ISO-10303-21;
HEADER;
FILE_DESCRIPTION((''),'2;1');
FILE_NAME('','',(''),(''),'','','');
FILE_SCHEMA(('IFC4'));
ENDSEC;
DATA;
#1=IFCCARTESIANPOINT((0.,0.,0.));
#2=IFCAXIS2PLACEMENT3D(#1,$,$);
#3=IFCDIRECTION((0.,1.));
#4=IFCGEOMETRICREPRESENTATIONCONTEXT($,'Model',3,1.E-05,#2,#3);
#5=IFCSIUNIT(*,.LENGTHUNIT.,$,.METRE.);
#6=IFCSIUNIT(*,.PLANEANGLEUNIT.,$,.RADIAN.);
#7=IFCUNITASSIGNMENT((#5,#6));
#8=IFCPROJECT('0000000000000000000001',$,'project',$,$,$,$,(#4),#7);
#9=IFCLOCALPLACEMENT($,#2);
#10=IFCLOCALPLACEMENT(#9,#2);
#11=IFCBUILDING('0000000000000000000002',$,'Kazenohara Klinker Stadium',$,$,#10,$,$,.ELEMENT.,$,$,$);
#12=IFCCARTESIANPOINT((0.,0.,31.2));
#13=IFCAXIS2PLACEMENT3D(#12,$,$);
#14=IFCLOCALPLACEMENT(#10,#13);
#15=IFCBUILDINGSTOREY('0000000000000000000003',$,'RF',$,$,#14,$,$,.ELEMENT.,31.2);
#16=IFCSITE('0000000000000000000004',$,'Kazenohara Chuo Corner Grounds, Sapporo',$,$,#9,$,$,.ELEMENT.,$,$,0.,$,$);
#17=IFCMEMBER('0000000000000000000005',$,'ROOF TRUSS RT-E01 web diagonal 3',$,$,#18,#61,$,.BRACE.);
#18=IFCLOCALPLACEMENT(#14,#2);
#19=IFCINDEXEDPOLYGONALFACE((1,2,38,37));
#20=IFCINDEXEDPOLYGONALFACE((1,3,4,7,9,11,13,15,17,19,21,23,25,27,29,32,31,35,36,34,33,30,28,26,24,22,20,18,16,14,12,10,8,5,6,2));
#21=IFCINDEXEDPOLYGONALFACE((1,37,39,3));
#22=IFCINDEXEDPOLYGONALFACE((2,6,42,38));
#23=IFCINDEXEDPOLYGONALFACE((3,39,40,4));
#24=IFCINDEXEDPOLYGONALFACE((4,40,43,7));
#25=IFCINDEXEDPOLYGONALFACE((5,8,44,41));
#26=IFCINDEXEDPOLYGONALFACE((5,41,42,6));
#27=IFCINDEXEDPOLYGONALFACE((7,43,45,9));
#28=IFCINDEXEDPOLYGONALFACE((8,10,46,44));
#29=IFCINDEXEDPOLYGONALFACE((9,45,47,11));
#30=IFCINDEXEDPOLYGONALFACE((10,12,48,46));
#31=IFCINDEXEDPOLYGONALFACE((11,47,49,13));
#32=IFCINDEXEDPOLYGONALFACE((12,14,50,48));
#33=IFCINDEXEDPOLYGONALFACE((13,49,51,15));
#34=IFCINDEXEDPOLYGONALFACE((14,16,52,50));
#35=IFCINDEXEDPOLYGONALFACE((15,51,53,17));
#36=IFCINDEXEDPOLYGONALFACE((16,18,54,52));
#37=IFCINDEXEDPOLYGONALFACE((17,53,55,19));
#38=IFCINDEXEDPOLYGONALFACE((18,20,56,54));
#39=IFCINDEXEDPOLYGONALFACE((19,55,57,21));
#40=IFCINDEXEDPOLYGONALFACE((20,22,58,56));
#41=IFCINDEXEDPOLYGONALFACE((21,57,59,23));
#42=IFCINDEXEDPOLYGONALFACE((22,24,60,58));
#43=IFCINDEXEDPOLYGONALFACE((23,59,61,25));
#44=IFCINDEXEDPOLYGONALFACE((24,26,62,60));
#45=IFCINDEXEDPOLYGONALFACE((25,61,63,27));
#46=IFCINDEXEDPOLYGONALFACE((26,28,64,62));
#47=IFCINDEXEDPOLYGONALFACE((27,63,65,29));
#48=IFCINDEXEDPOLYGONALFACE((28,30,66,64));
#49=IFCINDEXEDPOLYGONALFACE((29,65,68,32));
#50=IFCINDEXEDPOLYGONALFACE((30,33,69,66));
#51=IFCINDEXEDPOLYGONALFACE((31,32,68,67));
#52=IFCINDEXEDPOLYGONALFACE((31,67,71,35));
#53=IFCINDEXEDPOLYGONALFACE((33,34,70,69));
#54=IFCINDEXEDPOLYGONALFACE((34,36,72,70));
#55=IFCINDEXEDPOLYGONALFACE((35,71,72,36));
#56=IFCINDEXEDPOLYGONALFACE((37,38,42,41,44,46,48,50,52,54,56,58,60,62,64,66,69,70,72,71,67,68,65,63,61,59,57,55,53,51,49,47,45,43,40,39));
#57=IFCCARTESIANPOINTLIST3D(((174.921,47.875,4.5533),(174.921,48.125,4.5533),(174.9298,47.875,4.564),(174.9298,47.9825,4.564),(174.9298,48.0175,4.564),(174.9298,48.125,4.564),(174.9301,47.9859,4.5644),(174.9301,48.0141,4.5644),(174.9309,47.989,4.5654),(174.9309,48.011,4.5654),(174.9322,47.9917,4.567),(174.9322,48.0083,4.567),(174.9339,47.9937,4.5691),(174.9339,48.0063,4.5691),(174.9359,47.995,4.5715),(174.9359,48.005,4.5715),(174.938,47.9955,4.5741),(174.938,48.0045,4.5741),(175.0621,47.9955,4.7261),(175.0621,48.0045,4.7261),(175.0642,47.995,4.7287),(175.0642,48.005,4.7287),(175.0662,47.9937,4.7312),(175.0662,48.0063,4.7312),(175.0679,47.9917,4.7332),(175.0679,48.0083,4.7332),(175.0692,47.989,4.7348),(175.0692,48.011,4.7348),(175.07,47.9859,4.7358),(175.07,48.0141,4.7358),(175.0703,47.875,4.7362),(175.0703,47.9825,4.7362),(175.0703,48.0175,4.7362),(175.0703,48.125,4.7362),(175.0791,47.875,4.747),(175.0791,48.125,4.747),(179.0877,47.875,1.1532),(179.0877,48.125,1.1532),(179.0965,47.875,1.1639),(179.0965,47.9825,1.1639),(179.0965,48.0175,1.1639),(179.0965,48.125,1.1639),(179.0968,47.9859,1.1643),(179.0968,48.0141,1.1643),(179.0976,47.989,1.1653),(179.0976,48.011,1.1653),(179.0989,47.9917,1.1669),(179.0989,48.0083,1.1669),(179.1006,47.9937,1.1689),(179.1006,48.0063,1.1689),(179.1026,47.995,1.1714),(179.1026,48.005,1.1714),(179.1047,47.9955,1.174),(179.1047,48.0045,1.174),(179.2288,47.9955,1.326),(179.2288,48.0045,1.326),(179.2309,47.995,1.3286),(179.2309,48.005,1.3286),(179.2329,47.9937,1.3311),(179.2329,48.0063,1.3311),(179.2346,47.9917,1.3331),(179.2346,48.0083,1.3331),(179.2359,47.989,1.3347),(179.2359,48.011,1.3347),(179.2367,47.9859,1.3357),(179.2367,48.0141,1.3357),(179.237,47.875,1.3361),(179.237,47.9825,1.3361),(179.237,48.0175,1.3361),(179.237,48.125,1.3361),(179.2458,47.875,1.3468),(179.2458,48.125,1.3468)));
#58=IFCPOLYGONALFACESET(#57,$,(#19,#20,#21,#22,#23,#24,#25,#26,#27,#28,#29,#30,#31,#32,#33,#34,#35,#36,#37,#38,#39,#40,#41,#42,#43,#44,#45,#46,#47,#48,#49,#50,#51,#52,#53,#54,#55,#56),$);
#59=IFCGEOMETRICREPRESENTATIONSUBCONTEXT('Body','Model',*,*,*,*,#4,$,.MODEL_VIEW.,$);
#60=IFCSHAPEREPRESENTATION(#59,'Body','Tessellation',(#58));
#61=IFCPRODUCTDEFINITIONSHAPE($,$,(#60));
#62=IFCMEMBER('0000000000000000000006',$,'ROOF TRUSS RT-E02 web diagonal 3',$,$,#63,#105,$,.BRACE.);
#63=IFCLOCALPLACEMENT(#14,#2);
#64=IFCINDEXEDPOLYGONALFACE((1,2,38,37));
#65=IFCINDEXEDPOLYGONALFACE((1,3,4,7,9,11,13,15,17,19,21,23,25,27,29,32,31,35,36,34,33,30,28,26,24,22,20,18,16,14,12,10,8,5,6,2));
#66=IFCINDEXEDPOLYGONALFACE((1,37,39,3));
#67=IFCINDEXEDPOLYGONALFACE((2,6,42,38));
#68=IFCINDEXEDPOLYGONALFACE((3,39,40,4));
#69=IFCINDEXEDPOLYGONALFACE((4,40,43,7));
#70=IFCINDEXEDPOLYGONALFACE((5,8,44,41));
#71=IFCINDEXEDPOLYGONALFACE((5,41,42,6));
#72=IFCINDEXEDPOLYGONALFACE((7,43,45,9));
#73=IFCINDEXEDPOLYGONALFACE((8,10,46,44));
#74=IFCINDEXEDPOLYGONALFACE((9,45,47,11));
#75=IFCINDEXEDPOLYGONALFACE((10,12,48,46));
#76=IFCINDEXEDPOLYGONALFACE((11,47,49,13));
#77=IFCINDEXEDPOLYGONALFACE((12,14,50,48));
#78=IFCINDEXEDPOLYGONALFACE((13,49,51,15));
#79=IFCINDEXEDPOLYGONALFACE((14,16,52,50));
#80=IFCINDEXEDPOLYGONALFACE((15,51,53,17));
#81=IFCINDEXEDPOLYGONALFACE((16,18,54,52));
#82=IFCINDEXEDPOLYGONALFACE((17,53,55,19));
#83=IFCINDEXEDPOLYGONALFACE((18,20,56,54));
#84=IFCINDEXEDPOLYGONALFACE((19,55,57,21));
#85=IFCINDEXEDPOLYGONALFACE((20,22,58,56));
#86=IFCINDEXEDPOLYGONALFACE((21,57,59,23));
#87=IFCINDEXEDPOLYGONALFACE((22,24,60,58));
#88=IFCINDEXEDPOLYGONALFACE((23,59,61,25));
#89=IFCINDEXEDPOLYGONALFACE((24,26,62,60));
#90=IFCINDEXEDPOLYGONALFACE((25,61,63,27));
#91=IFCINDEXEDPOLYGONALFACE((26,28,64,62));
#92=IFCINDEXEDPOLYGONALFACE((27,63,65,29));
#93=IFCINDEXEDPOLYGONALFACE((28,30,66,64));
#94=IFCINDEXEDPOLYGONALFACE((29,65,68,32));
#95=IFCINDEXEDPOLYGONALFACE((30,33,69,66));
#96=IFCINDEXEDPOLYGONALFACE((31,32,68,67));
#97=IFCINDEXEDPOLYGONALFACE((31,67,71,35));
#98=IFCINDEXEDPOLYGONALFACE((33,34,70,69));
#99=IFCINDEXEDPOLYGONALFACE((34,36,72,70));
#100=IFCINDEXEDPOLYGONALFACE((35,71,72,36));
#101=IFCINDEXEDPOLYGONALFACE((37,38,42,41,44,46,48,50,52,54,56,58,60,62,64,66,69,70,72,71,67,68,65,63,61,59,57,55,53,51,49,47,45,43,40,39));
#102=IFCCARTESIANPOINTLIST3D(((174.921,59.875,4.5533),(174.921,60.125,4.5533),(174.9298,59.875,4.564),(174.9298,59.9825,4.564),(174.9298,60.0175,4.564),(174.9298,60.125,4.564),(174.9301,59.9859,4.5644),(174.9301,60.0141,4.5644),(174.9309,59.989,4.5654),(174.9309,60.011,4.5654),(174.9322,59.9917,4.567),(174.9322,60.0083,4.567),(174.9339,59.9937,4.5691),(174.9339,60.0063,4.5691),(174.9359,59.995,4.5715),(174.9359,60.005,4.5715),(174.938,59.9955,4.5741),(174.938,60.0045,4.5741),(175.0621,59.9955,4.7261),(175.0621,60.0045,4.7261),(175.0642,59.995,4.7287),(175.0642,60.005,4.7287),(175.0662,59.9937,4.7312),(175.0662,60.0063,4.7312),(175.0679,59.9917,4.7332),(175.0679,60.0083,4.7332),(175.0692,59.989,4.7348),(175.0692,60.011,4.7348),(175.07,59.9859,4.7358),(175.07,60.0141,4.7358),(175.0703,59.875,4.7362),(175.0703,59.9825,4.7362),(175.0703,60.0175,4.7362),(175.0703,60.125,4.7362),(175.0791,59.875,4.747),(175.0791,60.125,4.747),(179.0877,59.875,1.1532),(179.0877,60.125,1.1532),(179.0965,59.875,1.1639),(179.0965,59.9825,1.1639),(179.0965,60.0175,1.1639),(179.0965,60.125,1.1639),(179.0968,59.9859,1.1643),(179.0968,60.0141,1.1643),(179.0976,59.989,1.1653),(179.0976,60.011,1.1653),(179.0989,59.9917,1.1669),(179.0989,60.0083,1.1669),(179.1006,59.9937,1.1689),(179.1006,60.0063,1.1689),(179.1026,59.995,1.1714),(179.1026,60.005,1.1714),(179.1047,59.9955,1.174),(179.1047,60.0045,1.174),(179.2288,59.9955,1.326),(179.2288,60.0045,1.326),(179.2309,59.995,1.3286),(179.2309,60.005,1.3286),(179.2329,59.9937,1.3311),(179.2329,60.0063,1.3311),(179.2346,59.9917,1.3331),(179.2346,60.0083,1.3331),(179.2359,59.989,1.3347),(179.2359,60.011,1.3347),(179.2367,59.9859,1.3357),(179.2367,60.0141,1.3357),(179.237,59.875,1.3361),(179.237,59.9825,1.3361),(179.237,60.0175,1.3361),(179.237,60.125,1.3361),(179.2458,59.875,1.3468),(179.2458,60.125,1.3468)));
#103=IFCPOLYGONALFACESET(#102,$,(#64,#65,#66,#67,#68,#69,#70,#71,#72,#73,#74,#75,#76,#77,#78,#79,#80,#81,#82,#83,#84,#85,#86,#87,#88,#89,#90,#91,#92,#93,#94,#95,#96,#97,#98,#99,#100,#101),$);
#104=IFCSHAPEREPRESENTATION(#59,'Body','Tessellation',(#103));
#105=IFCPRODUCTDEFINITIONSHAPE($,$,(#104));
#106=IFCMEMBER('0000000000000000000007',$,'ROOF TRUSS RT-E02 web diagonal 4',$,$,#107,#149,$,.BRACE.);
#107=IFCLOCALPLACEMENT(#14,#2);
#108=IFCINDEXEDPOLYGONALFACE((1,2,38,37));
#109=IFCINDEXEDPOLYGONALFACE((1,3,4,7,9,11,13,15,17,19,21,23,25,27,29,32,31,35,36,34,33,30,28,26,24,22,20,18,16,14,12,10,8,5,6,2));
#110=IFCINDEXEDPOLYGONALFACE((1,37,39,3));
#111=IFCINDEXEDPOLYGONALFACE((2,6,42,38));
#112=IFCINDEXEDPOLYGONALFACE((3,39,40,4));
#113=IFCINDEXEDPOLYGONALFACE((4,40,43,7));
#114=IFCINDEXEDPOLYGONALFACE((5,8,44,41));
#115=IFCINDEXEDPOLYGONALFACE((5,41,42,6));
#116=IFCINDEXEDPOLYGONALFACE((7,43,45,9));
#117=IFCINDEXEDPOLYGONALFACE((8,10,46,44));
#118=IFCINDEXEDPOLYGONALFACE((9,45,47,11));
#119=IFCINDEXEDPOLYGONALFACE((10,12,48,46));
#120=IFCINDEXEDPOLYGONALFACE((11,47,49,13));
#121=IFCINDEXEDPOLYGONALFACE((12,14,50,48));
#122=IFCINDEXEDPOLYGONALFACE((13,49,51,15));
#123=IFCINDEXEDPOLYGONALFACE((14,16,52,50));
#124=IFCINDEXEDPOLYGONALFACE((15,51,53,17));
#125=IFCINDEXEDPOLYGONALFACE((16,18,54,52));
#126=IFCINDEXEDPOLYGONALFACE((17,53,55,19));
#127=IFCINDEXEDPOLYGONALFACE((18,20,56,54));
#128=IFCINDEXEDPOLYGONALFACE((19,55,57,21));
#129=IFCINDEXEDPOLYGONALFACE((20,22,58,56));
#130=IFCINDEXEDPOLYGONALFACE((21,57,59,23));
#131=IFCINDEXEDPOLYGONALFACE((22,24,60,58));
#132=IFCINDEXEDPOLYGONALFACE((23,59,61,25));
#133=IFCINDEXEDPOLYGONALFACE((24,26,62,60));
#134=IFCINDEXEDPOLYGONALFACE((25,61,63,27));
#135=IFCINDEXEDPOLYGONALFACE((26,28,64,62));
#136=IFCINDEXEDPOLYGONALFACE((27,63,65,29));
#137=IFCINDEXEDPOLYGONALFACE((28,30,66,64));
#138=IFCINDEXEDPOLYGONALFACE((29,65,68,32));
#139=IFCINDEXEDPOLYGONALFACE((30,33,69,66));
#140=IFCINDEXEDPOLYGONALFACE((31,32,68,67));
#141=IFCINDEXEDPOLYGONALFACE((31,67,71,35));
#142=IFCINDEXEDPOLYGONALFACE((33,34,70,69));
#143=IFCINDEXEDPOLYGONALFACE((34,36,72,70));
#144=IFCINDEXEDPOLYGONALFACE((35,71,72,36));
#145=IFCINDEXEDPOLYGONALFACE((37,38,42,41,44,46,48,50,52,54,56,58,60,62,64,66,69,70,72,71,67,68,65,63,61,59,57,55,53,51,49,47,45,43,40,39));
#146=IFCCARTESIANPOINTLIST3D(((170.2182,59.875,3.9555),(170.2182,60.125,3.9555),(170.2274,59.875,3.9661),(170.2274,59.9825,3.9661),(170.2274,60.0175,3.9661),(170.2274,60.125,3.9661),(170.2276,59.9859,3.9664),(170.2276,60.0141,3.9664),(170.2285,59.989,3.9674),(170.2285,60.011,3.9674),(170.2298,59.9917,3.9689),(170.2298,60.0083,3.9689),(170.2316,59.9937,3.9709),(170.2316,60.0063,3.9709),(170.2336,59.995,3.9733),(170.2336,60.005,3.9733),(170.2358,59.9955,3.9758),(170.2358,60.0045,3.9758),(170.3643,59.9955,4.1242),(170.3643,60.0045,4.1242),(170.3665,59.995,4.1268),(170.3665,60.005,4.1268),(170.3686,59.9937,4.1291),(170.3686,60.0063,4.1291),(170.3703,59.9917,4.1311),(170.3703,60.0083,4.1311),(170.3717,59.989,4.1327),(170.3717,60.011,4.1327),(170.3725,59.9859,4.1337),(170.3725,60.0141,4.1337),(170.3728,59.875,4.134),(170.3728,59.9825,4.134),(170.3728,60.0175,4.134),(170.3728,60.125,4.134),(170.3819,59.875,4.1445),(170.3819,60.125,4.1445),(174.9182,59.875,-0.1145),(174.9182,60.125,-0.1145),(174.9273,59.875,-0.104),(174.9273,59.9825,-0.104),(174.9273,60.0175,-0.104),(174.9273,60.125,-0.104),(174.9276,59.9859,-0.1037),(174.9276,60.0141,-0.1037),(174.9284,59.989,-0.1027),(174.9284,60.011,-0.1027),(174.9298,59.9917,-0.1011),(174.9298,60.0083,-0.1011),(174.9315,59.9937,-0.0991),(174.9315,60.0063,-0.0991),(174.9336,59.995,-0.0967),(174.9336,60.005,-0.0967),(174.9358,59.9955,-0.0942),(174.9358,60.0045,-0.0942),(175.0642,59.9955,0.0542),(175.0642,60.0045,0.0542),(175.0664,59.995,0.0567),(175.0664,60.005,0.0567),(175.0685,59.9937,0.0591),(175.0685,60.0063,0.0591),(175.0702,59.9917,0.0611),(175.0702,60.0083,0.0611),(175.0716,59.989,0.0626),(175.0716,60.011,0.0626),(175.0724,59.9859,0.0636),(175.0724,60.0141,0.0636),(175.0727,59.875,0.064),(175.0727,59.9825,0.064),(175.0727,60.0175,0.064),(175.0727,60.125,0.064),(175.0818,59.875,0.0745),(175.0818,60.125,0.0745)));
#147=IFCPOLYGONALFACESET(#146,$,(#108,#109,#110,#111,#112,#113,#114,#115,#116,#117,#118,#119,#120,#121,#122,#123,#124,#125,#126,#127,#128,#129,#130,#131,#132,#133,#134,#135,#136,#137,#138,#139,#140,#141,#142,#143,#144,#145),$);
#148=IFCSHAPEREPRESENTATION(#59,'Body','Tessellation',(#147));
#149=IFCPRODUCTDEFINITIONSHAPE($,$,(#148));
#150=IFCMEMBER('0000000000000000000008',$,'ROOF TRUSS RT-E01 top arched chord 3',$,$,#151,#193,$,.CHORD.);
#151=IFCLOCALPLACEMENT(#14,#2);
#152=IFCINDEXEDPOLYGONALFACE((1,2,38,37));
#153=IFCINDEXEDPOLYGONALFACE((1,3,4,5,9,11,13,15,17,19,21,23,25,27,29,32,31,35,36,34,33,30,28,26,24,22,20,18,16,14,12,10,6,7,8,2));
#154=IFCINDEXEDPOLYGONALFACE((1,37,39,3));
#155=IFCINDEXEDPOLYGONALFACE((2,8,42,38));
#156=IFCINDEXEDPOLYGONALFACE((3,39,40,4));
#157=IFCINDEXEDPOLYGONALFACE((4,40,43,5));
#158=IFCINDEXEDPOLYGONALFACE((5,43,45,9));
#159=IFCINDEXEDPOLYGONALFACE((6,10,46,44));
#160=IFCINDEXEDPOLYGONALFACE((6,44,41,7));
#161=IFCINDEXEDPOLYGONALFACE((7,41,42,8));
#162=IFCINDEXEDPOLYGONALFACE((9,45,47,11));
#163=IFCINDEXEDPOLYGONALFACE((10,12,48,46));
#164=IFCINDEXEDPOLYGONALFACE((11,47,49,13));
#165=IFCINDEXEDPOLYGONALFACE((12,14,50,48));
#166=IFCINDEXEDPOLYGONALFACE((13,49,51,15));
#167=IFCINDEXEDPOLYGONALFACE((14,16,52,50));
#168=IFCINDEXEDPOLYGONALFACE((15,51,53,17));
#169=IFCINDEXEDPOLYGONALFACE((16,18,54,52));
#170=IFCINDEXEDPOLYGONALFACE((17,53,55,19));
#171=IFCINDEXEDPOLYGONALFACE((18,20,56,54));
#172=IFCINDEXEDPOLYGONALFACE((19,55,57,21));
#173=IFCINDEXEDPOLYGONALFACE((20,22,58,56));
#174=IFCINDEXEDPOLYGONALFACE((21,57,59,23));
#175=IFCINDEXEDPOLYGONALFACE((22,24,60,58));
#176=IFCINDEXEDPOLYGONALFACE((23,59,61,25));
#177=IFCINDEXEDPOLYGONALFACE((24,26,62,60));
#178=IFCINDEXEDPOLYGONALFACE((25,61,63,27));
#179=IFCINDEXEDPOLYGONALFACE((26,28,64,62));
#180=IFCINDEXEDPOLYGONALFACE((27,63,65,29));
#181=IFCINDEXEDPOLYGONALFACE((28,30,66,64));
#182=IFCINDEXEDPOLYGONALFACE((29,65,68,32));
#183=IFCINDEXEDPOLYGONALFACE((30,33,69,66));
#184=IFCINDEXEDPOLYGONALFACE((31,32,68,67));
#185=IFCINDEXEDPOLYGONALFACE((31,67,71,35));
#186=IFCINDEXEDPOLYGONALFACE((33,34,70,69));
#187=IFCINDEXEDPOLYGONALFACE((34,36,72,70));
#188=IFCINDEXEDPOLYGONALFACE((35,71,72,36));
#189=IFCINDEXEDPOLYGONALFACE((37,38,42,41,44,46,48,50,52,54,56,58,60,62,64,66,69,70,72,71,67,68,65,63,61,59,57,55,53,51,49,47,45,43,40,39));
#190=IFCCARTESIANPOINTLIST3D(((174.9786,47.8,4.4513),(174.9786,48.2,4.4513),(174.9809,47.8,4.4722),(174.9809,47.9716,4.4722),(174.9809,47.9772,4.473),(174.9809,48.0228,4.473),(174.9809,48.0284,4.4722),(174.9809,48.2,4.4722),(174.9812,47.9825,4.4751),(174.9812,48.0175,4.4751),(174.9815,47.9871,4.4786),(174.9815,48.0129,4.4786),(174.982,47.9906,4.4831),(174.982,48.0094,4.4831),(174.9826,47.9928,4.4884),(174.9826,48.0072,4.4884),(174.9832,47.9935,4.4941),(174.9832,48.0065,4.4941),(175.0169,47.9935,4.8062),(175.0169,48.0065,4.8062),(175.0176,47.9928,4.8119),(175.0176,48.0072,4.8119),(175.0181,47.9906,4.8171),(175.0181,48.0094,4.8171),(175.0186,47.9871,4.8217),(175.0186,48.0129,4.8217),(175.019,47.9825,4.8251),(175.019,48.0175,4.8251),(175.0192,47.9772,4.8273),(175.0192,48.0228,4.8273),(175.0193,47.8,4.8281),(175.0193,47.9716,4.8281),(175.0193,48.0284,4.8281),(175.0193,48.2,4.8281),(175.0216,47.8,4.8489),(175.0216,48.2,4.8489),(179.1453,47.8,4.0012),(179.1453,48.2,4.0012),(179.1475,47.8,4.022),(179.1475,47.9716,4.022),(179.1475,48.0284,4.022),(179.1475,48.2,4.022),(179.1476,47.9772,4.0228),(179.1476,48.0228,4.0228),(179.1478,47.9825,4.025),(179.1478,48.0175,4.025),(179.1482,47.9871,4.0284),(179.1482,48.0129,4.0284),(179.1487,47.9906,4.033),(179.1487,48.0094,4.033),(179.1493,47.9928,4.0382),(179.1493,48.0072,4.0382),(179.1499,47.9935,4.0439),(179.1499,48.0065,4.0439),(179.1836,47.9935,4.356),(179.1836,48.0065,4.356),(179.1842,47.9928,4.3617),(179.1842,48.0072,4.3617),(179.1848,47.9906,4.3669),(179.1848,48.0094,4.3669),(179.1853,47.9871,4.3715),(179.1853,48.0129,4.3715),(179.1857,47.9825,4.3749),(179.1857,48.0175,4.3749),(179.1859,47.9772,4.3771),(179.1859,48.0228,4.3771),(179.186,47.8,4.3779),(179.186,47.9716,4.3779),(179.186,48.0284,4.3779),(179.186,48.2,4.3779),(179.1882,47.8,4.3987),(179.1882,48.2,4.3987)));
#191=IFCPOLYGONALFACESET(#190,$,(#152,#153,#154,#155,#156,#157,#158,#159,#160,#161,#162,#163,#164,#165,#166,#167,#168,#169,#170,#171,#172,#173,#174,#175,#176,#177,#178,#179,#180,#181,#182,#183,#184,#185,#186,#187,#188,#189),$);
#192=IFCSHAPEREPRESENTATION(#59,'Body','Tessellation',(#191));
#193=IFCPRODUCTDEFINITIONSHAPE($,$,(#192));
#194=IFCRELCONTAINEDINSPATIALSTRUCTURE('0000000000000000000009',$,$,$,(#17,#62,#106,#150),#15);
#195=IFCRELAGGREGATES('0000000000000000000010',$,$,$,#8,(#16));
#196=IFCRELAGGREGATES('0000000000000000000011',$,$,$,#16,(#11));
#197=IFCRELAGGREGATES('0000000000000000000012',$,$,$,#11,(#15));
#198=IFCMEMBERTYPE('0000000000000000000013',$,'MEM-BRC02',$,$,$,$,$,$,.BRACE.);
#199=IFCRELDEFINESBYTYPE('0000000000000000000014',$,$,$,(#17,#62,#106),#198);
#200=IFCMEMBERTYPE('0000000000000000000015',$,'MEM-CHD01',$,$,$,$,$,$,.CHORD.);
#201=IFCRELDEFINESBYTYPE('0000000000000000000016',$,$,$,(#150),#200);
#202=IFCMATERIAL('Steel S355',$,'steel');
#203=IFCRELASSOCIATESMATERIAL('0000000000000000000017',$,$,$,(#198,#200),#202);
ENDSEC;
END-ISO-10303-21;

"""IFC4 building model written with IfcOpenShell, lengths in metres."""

from ifc_helpers import new_model, si_unit, direction, frame, origin, origin_2d, place, context, subcontext, project, spatial, i_section, extrude, material, material_profile, profile_set, type_object, element, save


model = new_model("IFC4")

# Units and contexts
model_context = context("Model", 3, precision=1e-05, world=origin(), true_north=direction((0.0, 1.0)))
body_context = subcontext(model_context, "Body", "Model", "MODEL_VIEW")
ifc_project = project(units=[si_unit("LENGTHUNIT", "METRE"), si_unit("PLANEANGLEUNIT", "RADIAN")], contexts=[model_context])

# Site, building, storey
site_placement = place(None, origin())
site = spatial("IfcSite", under=ifc_project, at=site_placement, Name="Kazenohara Chuo Corner Grounds, Sapporo", CompositionType="ELEMENT", RefElevation=0.0)
building_placement = place(site_placement, origin())
building = spatial("IfcBuilding", under=site, at=building_placement, Name="Kazenohara Klinker Stadium", CompositionType="ELEMENT")
storey_placement = place(building_placement, frame((0.0, 0.0, 31.2)))
storey = spatial("IfcBuildingStorey", under=building, at=storey_placement, Name="RF", CompositionType="ELEMENT", Elevation=31.2)

# Members
ifc_material_1 = material(Name="Steel S355", Category="steel")
ifc_material_profile_1 = material_profile(ifc_material_1, i_section(OverallWidth=0.25, OverallDepth=0.25, WebThickness=0.009, FlangeThickness=0.0139, FilletRadius=0.0129, at=origin_2d()), Name="H-250x250x9x14")
ifc_profile_set_1 = profile_set([ifc_material_profile_1], Name="Steel S355")
member_type_1 = type_object("IfcMemberType", Name="MEM-BRC02", PredefinedType="BRACE", material=ifc_profile_set_1)
for number, where, z_axis, x_axis, name in (
    (1, (179.1667, 48.0, 1.25), (-0.774778, 0.0, 0.632234), (0.0, -1.0, 0.0), "ROOF TRUSS RT-E01 web diagonal 3"),
    (2, (179.1667, 60.0, 1.25), (-0.774778, 0.0, 0.632234), (0.0, -1.0, 0.0), "ROOF TRUSS RT-E02 web diagonal 3"),
):
    element("IfcMember", number, at=place(storey_placement, frame(where, z_axis=z_axis, x_axis=x_axis)), inside=storey, type_object=member_type_1, Name=name, PredefinedType="BRACE", context=body_context, shape_type="SweptSolid", body=[
        extrude(i_section(OverallWidth=0.25, OverallDepth=0.25, WebThickness=0.009, FlangeThickness=0.0139, FilletRadius=0.0129, at=origin_2d()), origin(), (0.0, 0.0, 1.0), 5.3779),
    ])
member_1_placement = place(storey_placement, frame((175.0, 60.0, -0.02), z_axis=(-0.755946, 0.0, 0.654634), x_axis=(0.0, -1.0, 0.0)))
element("IfcMember", 3, at=member_1_placement, inside=storey, type_object=member_type_1, Name="ROOF TRUSS RT-E02 web diagonal 4", PredefinedType="BRACE", context=body_context, shape_type="SweptSolid", body=[
    extrude(i_section(OverallWidth=0.25, OverallDepth=0.25, WebThickness=0.009, FlangeThickness=0.0139, FilletRadius=0.0129, at=origin_2d()), origin(), (0.0, 0.0, 1.0), 6.2173),
])
ifc_material_profile_2 = material_profile(ifc_material_1, i_section(OverallWidth=0.3999, OverallDepth=0.3999, WebThickness=0.0129, FlangeThickness=0.021, FilletRadius=0.022, at=origin_2d()), Name="H-400x400x13x21")
ifc_profile_set_2 = profile_set([ifc_material_profile_2], Name="Steel S355")
member_type_2 = type_object("IfcMemberType", Name="MEM-CHD01", PredefinedType="CHORD", material=ifc_profile_set_2)
for number, where, z_axis, x_axis, name in (
    (4, (179.1667, 48.0, 4.2), (-0.994214, 0.0, 0.10742), (0.0, -1.0, 0.0), "ROOF TRUSS RT-E01 top arched chord 3"),
):
    element("IfcMember", number, at=place(storey_placement, frame(where, z_axis=z_axis, x_axis=x_axis)), inside=storey, type_object=member_type_2, Name=name, PredefinedType="CHORD", context=body_context, shape_type="SweptSolid", body=[
        extrude(i_section(OverallWidth=0.3999, OverallDepth=0.3999, WebThickness=0.0129, FlangeThickness=0.021, FilletRadius=0.022, at=origin_2d()), origin(), (0.0, 0.0, 1.0), 4.1909),
    ])

save(model, "model.ifc")
